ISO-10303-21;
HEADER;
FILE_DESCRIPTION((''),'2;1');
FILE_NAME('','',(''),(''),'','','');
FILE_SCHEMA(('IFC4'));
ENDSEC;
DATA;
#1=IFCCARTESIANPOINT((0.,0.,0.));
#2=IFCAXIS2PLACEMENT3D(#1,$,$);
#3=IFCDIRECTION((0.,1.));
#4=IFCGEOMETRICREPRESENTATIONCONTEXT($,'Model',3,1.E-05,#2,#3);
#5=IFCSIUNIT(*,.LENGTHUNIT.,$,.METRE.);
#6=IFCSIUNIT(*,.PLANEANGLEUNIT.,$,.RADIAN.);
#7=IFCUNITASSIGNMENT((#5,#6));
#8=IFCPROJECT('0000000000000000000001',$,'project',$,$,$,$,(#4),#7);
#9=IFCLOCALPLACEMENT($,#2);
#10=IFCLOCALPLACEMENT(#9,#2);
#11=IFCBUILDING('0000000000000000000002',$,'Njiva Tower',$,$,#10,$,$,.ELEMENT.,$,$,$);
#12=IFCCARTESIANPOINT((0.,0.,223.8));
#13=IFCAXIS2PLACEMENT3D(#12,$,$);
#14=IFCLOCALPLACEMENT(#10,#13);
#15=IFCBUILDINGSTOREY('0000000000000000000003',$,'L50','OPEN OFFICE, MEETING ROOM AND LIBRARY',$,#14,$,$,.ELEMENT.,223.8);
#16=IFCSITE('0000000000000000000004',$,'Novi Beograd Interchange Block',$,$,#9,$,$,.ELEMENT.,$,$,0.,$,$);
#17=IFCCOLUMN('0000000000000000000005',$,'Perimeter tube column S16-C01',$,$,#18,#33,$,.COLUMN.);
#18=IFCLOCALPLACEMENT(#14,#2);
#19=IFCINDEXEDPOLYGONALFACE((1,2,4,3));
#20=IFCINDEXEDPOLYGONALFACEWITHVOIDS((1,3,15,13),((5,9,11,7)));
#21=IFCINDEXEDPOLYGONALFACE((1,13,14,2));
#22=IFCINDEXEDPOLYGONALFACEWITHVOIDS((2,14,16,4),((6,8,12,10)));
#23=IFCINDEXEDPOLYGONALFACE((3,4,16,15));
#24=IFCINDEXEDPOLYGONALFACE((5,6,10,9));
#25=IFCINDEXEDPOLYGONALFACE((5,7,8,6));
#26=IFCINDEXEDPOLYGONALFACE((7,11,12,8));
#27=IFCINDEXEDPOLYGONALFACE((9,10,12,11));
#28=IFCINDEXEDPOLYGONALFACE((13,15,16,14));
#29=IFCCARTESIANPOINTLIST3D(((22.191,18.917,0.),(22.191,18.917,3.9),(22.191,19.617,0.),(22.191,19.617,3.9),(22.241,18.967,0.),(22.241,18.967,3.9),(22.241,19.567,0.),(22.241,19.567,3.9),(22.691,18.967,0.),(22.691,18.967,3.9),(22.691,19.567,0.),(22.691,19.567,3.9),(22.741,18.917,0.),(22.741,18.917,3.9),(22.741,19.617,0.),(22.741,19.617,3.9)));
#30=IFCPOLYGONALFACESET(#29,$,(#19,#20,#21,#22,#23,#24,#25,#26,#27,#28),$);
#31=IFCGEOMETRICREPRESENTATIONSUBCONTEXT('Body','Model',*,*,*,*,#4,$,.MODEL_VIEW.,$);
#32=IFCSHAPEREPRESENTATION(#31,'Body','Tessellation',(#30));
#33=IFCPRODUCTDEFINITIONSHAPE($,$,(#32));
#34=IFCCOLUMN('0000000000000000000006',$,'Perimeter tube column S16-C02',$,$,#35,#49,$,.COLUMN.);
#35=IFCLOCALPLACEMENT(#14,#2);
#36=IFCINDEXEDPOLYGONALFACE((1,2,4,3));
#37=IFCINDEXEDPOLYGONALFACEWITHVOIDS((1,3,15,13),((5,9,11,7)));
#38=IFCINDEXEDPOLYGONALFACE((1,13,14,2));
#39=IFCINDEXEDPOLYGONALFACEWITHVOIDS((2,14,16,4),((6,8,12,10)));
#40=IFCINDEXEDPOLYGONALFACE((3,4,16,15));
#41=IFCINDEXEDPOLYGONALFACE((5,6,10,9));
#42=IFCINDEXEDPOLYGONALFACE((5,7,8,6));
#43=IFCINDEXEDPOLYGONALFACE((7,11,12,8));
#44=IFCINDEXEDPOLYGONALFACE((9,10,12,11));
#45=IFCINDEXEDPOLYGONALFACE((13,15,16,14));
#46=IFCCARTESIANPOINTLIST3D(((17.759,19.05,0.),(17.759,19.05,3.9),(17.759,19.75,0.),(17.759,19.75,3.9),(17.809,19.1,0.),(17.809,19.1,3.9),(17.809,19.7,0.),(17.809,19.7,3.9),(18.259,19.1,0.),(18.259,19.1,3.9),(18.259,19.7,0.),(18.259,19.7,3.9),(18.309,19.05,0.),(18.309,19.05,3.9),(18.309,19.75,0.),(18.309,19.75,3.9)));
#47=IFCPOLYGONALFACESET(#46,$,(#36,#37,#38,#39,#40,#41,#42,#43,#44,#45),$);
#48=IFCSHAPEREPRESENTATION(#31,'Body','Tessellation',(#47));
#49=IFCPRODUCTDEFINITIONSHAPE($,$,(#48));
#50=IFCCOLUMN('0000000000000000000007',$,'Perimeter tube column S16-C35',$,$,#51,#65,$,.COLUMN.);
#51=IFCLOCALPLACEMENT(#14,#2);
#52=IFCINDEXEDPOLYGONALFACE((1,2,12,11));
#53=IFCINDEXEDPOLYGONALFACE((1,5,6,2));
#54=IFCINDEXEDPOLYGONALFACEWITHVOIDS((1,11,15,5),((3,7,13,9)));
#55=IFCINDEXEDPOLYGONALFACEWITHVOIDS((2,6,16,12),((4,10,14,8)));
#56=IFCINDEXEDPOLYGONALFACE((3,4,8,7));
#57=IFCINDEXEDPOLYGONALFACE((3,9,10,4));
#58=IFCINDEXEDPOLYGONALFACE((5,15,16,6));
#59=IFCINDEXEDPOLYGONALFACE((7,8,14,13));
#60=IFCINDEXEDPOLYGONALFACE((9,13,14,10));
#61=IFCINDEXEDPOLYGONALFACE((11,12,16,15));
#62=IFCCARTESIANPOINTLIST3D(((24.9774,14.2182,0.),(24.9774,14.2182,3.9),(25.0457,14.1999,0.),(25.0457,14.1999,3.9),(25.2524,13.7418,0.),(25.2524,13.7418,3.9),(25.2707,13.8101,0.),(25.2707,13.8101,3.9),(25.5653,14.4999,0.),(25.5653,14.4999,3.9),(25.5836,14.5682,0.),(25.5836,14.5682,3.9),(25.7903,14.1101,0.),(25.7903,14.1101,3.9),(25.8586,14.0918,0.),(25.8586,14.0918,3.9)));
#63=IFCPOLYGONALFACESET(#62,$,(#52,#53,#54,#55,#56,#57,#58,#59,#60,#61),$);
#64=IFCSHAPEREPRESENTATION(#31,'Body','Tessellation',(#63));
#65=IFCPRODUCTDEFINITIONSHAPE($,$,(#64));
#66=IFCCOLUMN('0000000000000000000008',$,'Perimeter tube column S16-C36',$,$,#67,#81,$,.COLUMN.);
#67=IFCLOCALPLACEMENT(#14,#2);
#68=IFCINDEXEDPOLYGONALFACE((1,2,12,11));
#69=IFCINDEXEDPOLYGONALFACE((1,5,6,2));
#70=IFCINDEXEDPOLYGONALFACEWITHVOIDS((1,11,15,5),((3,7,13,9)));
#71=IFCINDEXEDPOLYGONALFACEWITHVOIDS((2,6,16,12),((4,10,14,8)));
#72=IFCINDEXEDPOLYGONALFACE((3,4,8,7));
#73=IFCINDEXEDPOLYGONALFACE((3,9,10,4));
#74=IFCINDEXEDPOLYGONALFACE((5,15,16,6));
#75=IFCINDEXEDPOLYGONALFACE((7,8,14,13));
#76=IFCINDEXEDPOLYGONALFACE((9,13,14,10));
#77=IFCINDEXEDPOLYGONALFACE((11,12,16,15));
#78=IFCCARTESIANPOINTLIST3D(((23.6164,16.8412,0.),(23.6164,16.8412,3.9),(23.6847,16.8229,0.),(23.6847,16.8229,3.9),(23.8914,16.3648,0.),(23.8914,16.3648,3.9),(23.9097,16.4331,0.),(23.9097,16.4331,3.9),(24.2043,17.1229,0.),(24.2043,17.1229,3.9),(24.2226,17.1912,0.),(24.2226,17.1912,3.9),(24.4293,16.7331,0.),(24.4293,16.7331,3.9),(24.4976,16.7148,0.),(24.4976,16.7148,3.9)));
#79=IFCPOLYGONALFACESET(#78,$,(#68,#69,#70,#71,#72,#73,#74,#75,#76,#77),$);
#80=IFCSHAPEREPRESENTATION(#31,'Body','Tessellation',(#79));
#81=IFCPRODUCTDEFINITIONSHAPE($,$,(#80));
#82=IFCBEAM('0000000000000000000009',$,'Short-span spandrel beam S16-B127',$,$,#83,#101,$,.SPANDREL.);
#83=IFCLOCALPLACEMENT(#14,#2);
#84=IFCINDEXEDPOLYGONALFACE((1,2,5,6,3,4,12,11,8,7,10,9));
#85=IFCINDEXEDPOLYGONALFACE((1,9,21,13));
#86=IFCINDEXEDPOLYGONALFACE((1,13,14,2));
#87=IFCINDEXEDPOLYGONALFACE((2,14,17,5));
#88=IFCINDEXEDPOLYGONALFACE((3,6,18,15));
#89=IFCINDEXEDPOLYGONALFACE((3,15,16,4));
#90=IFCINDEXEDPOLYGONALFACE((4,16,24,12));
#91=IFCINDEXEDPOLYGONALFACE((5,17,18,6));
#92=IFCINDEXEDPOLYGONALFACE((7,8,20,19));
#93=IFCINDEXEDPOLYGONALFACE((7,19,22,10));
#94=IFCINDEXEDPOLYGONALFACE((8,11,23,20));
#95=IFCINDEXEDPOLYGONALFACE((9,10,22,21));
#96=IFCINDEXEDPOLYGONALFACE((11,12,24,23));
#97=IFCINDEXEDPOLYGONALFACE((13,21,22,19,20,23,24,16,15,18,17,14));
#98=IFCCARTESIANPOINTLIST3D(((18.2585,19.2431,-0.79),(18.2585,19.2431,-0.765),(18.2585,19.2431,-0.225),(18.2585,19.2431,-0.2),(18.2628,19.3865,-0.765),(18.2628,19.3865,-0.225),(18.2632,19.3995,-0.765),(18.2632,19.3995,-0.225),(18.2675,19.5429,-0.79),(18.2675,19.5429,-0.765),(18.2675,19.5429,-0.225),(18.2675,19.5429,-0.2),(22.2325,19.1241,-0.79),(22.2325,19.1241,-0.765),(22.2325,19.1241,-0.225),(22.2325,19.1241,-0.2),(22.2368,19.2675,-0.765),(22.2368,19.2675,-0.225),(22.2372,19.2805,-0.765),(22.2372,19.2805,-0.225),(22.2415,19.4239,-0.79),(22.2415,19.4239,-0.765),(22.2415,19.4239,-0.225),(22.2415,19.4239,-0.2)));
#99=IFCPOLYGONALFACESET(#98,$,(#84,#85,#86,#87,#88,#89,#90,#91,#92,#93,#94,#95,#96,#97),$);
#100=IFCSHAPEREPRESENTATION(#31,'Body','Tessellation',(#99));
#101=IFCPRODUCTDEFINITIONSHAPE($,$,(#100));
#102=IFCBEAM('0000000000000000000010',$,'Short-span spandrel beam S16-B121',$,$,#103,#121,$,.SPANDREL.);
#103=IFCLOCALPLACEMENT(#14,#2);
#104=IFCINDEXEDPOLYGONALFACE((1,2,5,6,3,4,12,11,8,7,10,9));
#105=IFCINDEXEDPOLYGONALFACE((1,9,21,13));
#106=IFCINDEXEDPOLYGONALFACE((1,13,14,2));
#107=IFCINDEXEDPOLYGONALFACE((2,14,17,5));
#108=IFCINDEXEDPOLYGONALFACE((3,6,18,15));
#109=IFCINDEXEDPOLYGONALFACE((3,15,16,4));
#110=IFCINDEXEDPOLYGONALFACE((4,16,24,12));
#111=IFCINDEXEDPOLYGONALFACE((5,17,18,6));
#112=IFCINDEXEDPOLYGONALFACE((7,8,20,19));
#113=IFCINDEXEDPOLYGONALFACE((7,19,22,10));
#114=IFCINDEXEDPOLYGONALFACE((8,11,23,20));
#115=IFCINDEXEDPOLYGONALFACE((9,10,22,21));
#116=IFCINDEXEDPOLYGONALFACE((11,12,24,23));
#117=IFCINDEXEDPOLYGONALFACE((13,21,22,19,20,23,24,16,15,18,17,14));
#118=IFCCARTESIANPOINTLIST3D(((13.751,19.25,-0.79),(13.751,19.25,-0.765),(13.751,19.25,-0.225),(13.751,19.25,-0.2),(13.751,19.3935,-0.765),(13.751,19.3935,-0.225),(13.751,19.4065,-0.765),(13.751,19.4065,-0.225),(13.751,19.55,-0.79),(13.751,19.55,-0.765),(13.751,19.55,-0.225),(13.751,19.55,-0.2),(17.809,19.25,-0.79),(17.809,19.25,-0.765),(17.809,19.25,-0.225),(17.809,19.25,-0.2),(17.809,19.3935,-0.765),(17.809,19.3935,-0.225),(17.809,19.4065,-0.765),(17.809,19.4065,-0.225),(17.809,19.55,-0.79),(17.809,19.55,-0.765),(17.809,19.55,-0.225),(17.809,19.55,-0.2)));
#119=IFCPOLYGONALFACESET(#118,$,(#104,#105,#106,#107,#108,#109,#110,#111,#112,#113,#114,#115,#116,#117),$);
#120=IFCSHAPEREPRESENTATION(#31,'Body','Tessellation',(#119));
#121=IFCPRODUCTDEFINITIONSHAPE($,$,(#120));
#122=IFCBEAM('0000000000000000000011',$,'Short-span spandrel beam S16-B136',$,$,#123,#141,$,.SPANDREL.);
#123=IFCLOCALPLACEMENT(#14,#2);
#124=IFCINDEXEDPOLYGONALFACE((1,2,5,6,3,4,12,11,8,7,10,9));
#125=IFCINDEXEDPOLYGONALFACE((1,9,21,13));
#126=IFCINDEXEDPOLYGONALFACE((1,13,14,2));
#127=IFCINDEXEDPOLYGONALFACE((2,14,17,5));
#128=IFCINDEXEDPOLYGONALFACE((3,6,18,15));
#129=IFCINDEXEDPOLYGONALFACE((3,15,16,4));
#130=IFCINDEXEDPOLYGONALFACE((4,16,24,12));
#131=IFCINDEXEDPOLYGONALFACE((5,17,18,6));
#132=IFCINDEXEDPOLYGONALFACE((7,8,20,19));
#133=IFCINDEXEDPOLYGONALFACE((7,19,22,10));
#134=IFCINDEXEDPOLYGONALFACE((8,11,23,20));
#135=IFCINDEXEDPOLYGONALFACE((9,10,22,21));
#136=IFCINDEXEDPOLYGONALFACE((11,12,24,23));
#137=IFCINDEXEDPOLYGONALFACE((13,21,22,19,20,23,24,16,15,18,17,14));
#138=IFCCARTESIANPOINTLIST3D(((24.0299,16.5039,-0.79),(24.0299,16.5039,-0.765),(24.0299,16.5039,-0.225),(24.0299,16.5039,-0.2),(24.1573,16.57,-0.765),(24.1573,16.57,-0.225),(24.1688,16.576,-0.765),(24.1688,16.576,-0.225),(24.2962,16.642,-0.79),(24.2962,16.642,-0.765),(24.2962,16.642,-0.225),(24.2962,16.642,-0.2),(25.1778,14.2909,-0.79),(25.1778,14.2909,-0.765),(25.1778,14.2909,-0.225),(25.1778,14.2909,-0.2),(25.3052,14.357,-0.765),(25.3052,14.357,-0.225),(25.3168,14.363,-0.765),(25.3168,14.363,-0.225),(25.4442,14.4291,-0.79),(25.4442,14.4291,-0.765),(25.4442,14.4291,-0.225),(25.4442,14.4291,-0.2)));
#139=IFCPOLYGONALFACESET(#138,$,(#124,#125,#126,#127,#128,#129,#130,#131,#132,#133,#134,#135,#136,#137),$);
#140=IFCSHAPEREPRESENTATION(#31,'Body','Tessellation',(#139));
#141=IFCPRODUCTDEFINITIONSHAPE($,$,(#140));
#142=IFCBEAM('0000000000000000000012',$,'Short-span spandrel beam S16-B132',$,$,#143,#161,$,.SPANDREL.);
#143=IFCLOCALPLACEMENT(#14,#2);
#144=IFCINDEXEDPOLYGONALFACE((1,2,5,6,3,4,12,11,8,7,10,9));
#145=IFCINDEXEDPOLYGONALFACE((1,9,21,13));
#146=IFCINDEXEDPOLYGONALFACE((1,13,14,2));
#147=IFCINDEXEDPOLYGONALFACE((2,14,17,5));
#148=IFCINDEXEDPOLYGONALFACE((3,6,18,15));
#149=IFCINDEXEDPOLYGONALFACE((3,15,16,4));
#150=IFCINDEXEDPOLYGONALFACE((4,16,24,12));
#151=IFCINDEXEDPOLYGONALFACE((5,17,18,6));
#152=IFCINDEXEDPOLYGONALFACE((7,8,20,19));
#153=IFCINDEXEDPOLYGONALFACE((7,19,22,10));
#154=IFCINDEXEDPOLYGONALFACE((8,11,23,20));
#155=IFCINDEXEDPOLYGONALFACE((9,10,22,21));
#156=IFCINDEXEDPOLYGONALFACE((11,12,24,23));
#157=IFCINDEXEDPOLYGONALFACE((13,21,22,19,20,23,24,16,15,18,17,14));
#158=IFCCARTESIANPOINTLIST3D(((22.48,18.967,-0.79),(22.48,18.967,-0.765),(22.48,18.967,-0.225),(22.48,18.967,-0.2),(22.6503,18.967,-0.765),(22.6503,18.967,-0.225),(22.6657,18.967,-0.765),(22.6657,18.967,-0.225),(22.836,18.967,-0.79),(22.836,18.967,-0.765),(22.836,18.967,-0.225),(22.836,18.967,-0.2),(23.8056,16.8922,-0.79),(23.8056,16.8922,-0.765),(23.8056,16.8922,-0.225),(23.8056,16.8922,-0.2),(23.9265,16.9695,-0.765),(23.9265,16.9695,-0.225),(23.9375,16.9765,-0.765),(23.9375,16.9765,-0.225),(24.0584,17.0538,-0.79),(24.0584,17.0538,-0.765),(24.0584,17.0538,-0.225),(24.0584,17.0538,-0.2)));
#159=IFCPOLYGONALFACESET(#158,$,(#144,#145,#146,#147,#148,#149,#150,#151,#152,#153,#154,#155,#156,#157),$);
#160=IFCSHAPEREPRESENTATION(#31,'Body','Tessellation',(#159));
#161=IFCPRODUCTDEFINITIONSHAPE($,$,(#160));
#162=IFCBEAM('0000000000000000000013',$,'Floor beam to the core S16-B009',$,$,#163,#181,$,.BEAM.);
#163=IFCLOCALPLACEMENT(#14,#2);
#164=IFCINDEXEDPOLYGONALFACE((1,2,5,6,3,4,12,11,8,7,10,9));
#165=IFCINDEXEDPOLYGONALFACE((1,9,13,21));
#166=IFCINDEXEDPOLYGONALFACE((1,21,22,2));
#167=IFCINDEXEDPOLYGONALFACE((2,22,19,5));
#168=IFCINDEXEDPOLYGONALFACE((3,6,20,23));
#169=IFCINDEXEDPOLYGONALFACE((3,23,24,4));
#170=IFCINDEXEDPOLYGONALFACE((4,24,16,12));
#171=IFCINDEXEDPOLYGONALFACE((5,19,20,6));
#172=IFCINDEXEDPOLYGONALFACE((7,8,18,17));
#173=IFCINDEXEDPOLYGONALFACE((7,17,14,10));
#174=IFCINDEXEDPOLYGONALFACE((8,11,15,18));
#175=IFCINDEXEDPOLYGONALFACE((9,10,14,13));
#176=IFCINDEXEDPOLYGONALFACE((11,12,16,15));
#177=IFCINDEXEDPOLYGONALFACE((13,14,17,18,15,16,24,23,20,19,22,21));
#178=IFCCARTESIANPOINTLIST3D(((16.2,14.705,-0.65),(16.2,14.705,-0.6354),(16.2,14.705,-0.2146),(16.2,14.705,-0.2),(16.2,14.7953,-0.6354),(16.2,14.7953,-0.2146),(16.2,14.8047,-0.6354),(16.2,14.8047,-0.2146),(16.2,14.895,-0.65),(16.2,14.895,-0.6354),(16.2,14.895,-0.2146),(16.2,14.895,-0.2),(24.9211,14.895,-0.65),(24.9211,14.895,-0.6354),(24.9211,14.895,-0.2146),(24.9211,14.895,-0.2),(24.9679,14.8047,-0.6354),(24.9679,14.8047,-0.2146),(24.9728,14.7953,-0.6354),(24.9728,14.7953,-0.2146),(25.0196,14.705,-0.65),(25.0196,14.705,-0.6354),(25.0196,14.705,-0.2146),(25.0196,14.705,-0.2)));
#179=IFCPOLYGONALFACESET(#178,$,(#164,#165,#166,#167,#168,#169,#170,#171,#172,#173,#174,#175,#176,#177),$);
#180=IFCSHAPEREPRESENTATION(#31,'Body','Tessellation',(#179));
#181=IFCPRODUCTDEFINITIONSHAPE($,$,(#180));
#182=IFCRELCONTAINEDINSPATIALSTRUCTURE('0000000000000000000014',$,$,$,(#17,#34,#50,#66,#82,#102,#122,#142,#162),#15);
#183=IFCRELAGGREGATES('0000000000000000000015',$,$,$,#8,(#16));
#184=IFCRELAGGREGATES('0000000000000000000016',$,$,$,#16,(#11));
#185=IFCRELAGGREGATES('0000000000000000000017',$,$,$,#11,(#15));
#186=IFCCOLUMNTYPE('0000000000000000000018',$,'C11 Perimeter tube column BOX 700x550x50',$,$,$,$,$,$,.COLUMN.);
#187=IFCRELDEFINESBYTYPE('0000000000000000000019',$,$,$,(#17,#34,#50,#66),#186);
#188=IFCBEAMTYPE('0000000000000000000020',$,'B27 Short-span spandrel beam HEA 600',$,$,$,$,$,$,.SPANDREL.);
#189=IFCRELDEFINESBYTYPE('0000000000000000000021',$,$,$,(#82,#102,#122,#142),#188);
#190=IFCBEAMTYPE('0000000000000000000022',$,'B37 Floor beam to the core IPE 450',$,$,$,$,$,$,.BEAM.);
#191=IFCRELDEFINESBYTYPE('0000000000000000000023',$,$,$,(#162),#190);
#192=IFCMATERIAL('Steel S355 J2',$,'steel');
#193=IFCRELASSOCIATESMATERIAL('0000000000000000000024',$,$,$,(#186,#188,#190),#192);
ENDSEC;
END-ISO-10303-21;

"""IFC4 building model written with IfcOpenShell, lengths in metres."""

from ifc_helpers import new_model, si_unit, direction, frame, origin, origin_2d, place, context, subcontext, project, spatial, hollow_rectangle, i_section, extrude, clip, halfspace, material, material_profile, profile_set, type_object, element, save


model = new_model("IFC4")

# Units and contexts
model_context = context("Model", 3, precision=1e-05, world=origin(), true_north=direction((0.0, 1.0)))
body_context = subcontext(model_context, "Body", "Model", "MODEL_VIEW")
ifc_project = project(units=[si_unit("LENGTHUNIT", "METRE"), si_unit("PLANEANGLEUNIT", "RADIAN")], contexts=[model_context])

# Site, building, storey
site_placement = place(None, origin())
site = spatial("IfcSite", under=ifc_project, at=site_placement, Name="Novi Beograd Interchange Block", CompositionType="ELEMENT", RefElevation=0.0)
building_placement = place(site_placement, origin())
building = spatial("IfcBuilding", under=site, at=building_placement, Name="Njiva Tower", CompositionType="ELEMENT")
storey_placement = place(building_placement, frame((0.0, 0.0, 223.8)))
storey = spatial("IfcBuildingStorey", under=building, at=storey_placement, Name="L50", Description="OPEN OFFICE, MEETING ROOM AND LIBRARY", CompositionType="ELEMENT", Elevation=223.8)

# Columns
ifc_material_1 = material(Name="Steel S355 J2", Category="steel")
ifc_material_profile_1 = material_profile(ifc_material_1, hollow_rectangle(XDim=0.55, YDim=0.7, WallThickness=0.05, at=origin_2d()), Name="BOX 700x550x50")
ifc_profile_set_1 = profile_set([ifc_material_profile_1], Name="Steel S355 J2")
column_type = type_object("IfcColumnType", Name="C11 Perimeter tube column BOX 700x550x50", PredefinedType="COLUMN", material=ifc_profile_set_1)
for number, where, z_axis, x_axis, name in (
    (1, (22.466, 19.267, 0.0), (0.0, 0.0, 1.0), (-1.0, 0.0, 0.0), "Perimeter tube column S16-C01"),
    (2, (18.034, 19.4, 0.0), (0.0, 0.0, 1.0), (-1.0, 0.0, 0.0), "Perimeter tube column S16-C02"),
    (3, (25.418, 14.155, 0.0), (0.0, 0.0, 1.0), (-0.5, 0.866025, 0.0), "Perimeter tube column S16-C35"),
    (4, (24.057, 16.778, 0.0), (0.0, 0.0, 1.0), (-0.5, 0.866025, 0.0), "Perimeter tube column S16-C36"),
):
    element("IfcColumn", number, at=place(storey_placement, frame(where, z_axis=z_axis, x_axis=x_axis)), inside=storey, type_object=column_type, Name=name, PredefinedType="COLUMN", context=body_context, shape_type="SweptSolid", body=[
        extrude(hollow_rectangle(XDim=0.55, YDim=0.7, WallThickness=0.05, at=origin_2d()), origin(), (0.0, 0.0, 1.0), 3.9),
    ])

# Beams
ifc_material_profile_2 = material_profile(ifc_material_1, i_section(OverallWidth=0.3, OverallDepth=0.59, WebThickness=0.013, FlangeThickness=0.025, at=origin_2d()), Name="HEA 600")
ifc_profile_set_2 = profile_set([ifc_material_profile_2], Name="Steel S355 J2")
beam_type_1 = type_object("IfcBeamType", Name="B27 Short-span spandrel beam HEA 600", PredefinedType="SPANDREL", material=ifc_profile_set_2)
beam_1_placement = place(storey_placement, frame((22.237, 19.274, -0.495), z_axis=(-0.999552, 0.029931, 0.0), x_axis=(-0.029931, -0.999552, 0.0)))
element("IfcBeam", 5, at=beam_1_placement, inside=storey, type_object=beam_type_1, Name="Short-span spandrel beam S16-B127", PredefinedType="SPANDREL", context=body_context, shape_type="SweptSolid", body=[
    extrude(i_section(OverallWidth=0.3, OverallDepth=0.59, WebThickness=0.013, FlangeThickness=0.025, at=origin_2d()), origin(), (0.0, 0.0, 1.0), 3.9758),
])
beam_2_placement = place(storey_placement, frame((17.809, 19.4, -0.495), z_axis=(-1.0, 0.0, 0.0), x_axis=(0.0, -1.0, 0.0)))
element("IfcBeam", 6, at=beam_2_placement, inside=storey, type_object=beam_type_1, Name="Short-span spandrel beam S16-B121", PredefinedType="SPANDREL", context=body_context, shape_type="SweptSolid", body=[
    extrude(i_section(OverallWidth=0.3, OverallDepth=0.59, WebThickness=0.013, FlangeThickness=0.025, at=origin_2d()), origin(), (0.0, 0.0, 1.0), 4.058),
])
beam_3_placement = place(storey_placement, frame((25.311, 14.36, -0.495), z_axis=(-0.460481, 0.88767, 0.0), x_axis=(-0.88767, -0.460481, 0.0)))
element("IfcBeam", 7, at=beam_3_placement, inside=storey, type_object=beam_type_1, Name="Short-span spandrel beam S16-B136", PredefinedType="SPANDREL", context=body_context, shape_type="SweptSolid", body=[
    extrude(i_section(OverallWidth=0.3, OverallDepth=0.59, WebThickness=0.013, FlangeThickness=0.025, at=origin_2d()), origin(), (0.0, 0.0, 1.0), 2.493),
])
beam_4_placement = place(storey_placement, frame((23.932, 16.973, -0.495), z_axis=(-0.538406, 0.842686, 0.0), x_axis=(-0.842686, -0.538406, 0.0)))
element("IfcBeam", 8, at=beam_4_placement, inside=storey, type_object=beam_type_1, Name="Short-span spandrel beam S16-B132", PredefinedType="SPANDREL", context=body_context, shape_type="Clipping", body=[
    clip(extrude(i_section(OverallWidth=0.3, OverallDepth=0.59, WebThickness=0.013, FlangeThickness=0.025, at=origin_2d()), origin(), (0.0, 0.0, 1.0), 2.4822), halfspace(frame((-0.0269, 0.0, 2.3491), z_axis=(-0.538406, 0.0, 0.842686), x_axis=(0.0, 1.0, 0.0)), False)),
])
ifc_material_profile_3 = material_profile(ifc_material_1, i_section(OverallWidth=0.19, OverallDepth=0.45, WebThickness=0.0094, FlangeThickness=0.0146, at=origin_2d()), Name="IPE 450")
ifc_profile_set_3 = profile_set([ifc_material_profile_3], Name="Steel S355 J2")
beam_type_2 = type_object("IfcBeamType", Name="B37 Floor beam to the core IPE 450", PredefinedType="BEAM", material=ifc_profile_set_3)
beam_5_placement = place(storey_placement, frame((16.2, 14.8, -0.425), z_axis=(1.0, 0.0, 0.0), x_axis=(0.0, 1.0, 0.0)))
element("IfcBeam", 9, at=beam_5_placement, inside=storey, type_object=beam_type_2, Name="Floor beam to the core S16-B009", PredefinedType="BEAM", context=body_context, shape_type="Clipping", body=[
    clip(extrude(i_section(OverallWidth=0.19, OverallDepth=0.45, WebThickness=0.0094, FlangeThickness=0.0146, at=origin_2d()), origin(), (0.0, 0.0, 1.0), 8.839), halfspace(frame((0.023, 0.0, 8.7584), z_axis=(0.460472, 0.0, 0.887674), x_axis=(0.0, 1.0, 0.0)), False)),
])

save(model, "model.ifc")
